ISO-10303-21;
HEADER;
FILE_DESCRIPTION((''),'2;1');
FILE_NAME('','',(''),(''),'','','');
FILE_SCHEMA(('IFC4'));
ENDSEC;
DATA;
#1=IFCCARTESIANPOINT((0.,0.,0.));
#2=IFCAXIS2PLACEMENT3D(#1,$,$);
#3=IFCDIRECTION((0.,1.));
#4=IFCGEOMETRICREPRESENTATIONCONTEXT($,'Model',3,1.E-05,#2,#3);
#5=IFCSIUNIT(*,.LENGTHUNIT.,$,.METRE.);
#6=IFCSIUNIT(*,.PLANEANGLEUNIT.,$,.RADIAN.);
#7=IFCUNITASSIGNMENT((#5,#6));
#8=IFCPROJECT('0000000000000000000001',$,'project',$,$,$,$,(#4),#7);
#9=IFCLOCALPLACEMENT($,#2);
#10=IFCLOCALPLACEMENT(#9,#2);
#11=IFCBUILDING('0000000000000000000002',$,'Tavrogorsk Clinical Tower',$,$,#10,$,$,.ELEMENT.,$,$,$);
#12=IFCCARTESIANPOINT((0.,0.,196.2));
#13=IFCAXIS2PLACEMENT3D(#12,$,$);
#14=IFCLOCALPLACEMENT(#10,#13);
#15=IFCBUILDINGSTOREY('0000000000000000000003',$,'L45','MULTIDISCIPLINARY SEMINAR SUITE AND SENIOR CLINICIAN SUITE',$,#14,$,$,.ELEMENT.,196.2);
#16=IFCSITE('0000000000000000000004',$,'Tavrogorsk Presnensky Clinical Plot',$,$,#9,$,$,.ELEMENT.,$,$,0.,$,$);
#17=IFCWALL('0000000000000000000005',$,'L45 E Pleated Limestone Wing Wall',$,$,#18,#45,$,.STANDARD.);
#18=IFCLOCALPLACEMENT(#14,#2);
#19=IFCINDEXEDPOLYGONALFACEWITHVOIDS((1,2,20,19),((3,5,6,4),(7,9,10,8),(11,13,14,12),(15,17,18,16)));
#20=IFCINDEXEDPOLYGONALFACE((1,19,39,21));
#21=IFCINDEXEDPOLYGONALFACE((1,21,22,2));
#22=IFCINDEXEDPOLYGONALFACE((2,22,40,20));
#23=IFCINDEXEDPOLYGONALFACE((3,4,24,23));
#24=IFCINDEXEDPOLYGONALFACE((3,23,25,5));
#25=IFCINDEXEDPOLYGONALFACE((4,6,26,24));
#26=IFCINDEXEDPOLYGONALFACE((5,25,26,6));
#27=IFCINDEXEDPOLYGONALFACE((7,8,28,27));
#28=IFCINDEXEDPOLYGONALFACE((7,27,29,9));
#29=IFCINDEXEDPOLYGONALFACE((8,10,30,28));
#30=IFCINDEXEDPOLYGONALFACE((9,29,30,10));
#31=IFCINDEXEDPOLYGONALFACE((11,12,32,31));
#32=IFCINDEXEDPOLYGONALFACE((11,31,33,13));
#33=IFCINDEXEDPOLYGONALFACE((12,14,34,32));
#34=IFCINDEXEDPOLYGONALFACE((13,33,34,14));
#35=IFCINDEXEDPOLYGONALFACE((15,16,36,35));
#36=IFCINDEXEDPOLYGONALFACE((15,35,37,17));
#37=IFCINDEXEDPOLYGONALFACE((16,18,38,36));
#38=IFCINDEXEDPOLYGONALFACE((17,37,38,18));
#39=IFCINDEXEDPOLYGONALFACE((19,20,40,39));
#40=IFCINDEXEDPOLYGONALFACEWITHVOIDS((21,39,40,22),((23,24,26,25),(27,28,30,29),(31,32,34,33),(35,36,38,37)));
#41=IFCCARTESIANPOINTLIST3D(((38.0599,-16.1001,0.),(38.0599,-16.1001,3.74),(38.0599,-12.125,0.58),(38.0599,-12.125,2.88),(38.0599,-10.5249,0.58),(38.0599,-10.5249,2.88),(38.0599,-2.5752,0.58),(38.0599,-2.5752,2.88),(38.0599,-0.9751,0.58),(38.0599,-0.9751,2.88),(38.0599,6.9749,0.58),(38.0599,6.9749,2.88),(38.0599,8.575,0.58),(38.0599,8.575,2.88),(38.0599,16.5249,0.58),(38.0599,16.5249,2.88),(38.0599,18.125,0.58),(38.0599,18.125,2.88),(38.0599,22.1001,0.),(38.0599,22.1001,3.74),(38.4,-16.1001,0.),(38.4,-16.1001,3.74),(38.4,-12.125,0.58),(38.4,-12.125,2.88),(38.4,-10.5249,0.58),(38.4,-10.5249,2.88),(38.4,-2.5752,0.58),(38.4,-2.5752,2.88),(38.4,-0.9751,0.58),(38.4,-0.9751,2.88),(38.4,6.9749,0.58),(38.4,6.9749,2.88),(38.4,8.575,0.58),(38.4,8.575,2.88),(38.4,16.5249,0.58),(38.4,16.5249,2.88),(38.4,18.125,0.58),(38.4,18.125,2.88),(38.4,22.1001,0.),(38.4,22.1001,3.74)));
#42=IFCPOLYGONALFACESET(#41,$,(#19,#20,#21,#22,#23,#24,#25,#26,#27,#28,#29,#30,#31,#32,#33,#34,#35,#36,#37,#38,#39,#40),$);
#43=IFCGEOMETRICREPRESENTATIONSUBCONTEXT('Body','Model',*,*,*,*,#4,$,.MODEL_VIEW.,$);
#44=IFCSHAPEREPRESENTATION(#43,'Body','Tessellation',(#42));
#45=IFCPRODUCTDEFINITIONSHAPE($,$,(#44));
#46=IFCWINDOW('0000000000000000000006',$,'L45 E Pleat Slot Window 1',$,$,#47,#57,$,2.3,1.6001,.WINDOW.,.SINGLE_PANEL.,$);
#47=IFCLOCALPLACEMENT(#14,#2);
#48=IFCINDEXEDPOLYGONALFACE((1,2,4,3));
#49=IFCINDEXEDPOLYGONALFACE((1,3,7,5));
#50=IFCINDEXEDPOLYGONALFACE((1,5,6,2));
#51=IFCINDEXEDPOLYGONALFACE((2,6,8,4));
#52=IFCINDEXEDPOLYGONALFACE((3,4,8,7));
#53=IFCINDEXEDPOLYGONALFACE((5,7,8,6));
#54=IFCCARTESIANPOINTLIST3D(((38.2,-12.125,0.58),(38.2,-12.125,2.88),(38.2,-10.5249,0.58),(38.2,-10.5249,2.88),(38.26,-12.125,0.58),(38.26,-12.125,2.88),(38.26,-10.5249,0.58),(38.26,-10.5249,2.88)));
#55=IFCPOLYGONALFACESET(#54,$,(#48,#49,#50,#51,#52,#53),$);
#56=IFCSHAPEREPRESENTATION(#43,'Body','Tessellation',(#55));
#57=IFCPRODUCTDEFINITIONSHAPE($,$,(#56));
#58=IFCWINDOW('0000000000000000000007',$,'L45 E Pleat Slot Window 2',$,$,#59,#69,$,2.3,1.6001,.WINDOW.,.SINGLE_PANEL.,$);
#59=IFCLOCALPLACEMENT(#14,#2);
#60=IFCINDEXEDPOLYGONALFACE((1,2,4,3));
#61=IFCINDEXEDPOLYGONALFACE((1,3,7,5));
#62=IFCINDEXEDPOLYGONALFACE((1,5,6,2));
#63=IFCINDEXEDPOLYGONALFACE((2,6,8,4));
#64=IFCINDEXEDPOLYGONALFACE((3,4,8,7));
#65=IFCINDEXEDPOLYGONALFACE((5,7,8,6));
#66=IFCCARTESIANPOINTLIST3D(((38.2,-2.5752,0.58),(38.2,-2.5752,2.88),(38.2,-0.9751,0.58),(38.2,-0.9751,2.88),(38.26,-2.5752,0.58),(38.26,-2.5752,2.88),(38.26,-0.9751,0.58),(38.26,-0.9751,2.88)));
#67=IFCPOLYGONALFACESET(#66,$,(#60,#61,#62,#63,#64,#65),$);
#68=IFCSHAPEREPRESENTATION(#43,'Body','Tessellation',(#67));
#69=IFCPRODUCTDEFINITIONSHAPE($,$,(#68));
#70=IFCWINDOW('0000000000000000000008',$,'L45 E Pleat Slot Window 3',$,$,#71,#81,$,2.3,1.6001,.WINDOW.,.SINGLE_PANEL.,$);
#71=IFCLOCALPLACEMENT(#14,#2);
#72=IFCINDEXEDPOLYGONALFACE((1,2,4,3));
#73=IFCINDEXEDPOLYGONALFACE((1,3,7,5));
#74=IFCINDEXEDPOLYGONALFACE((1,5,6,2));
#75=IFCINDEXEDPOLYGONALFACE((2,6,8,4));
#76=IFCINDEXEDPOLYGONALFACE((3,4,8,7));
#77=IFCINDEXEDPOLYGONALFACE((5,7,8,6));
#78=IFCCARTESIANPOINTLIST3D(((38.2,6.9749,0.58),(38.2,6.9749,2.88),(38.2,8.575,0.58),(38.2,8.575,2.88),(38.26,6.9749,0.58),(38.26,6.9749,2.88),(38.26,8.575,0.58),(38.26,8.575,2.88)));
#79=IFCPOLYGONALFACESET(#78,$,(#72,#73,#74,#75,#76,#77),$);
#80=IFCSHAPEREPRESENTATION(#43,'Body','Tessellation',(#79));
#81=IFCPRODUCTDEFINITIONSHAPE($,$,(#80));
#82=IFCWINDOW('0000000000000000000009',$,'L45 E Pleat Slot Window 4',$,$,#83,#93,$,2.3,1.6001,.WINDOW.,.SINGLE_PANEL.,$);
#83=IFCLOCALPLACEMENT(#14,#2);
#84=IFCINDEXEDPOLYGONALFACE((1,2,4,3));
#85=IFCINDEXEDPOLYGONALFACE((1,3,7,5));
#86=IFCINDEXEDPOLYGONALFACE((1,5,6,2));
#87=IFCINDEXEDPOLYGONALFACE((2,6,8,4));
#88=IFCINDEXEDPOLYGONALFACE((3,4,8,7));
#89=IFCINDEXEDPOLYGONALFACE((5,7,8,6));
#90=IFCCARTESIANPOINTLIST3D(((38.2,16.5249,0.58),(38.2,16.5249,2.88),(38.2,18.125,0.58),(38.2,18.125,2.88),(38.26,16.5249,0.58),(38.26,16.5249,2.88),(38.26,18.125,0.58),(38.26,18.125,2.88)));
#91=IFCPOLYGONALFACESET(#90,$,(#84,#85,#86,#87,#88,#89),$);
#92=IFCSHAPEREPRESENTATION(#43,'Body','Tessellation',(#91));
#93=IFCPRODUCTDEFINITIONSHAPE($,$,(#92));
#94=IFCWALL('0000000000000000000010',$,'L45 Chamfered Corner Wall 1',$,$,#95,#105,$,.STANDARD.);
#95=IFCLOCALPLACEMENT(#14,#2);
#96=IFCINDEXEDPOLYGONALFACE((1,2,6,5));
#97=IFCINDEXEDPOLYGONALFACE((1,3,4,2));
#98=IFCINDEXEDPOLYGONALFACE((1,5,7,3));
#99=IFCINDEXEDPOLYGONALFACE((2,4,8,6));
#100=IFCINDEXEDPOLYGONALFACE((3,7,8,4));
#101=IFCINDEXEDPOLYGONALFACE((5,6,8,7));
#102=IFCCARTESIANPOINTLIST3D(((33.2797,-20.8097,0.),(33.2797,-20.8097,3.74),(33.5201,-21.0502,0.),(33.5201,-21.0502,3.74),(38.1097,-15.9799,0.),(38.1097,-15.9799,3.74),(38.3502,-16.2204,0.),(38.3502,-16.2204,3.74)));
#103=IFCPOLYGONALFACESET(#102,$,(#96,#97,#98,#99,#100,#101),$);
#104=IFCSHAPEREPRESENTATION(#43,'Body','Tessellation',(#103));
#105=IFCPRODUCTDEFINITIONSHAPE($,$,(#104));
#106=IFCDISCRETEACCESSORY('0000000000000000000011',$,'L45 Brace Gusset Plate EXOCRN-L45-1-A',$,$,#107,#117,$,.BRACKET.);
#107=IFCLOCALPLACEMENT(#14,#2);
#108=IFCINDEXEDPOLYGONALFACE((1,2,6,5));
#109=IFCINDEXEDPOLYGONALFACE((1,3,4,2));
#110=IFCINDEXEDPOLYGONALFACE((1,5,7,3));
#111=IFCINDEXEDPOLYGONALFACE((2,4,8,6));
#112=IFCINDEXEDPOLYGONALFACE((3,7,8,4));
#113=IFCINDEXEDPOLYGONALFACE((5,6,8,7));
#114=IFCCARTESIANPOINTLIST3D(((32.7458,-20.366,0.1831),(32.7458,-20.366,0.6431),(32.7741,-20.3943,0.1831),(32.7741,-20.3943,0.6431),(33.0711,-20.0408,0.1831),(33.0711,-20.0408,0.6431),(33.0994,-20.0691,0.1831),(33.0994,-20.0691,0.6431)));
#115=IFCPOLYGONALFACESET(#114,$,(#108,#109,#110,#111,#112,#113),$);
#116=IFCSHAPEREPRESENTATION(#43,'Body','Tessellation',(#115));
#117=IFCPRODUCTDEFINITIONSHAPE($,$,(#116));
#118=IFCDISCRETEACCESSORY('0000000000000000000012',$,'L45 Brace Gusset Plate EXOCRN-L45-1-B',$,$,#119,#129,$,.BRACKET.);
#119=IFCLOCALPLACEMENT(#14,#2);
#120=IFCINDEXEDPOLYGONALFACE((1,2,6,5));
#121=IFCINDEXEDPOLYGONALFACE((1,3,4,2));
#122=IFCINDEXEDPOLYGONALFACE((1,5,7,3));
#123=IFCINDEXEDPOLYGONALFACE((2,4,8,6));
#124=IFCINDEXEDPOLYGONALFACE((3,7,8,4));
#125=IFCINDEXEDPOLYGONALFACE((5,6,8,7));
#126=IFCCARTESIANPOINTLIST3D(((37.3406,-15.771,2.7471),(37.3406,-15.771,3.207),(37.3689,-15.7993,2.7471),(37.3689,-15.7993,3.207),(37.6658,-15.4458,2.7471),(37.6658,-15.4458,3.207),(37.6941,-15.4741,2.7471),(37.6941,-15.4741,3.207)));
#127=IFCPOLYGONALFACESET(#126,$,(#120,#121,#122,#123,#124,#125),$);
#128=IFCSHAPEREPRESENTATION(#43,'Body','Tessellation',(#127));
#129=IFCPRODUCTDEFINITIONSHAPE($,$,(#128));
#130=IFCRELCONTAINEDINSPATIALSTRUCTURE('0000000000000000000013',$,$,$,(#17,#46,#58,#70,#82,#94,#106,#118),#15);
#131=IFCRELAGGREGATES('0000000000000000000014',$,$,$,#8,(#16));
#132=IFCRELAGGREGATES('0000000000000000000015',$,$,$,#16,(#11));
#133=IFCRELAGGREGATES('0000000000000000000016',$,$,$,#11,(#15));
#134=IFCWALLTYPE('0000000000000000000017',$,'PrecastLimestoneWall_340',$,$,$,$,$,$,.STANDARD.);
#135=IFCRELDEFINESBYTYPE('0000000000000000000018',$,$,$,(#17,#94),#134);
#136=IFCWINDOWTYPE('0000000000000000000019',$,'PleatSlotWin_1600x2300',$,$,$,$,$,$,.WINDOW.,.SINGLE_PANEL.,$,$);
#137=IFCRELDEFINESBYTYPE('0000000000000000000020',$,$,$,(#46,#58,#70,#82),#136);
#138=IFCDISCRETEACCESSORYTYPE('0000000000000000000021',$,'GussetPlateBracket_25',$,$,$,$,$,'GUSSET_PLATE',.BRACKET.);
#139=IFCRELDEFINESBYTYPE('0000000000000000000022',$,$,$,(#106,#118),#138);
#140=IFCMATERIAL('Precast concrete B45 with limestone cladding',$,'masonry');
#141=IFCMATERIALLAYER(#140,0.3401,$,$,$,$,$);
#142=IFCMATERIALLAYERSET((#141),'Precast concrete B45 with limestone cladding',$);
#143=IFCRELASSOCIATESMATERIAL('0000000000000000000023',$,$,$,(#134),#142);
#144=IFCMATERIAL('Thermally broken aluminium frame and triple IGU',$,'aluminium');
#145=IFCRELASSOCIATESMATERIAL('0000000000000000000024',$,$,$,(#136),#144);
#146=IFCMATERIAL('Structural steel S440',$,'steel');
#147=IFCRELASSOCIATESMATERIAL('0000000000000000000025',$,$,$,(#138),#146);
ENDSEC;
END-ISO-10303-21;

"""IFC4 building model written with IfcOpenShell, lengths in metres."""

from ifc_helpers import new_model, si_unit, direction, frame, frame_2d, origin, origin_2d, place, context, subcontext, project, spatial, rectangle, extrude, material, layer, layer_set, type_object, element, fill, save


model = new_model("IFC4")

# Units and contexts
model_context = context("Model", 3, precision=1e-05, world=origin(), true_north=direction((0.0, 1.0)))
body_context = subcontext(model_context, "Body", "Model", "MODEL_VIEW")
ifc_project = project(units=[si_unit("LENGTHUNIT", "METRE"), si_unit("PLANEANGLEUNIT", "RADIAN")], contexts=[model_context])

# Site, building, storey
site_placement = place(None, origin())
site = spatial("IfcSite", under=ifc_project, at=site_placement, Name="Tavrogorsk Presnensky Clinical Plot", CompositionType="ELEMENT", RefElevation=0.0)
building_placement = place(site_placement, origin())
building = spatial("IfcBuilding", under=site, at=building_placement, Name="Tavrogorsk Clinical Tower", CompositionType="ELEMENT")
storey_placement = place(building_placement, frame((0.0, 0.0, 196.2)))
storey = spatial("IfcBuildingStorey", under=building, at=storey_placement, Name="L45", Description="MULTIDISCIPLINARY SEMINAR SUITE AND SENIOR CLINICIAN SUITE", CompositionType="ELEMENT", Elevation=196.2)

# Wall, openings, windows
ifc_material_1 = material(Name="Precast concrete B45 with limestone cladding", Category="masonry")
ifc_layer_1 = layer(ifc_material_1, 0.3401)
ifc_layer_set_1 = layer_set([ifc_layer_1], Name="Precast concrete B45 with limestone cladding")
wall_type_1 = type_object("IfcWallType", Name="PrecastLimestoneWall_340", PredefinedType="STANDARD", material=ifc_layer_set_1)
wall_1_placement = place(storey_placement, frame((38.23, -16.1001, 0.0), z_axis=(0.0, 0.0, 1.0), x_axis=(0.0, 1.0, 0.0)))
wall_1 = element("IfcWall", 1, at=wall_1_placement, inside=storey, type_object=wall_type_1, Name="L45 E Pleated Limestone Wing Wall", PredefinedType="STANDARD", context=body_context, shape_type="SweptSolid", body=[
    extrude(rectangle(XDim=38.2002, YDim=0.3401, at=frame_2d((19.1001, 0.0))), origin(), (0.0, 0.0, 1.0), 3.74),
])
opening_1_placement = place(wall_1_placement, frame((3.9751, 0.0, 0.5801)))
opening_1 = element("IfcOpeningElement", 2, at=opening_1_placement, cuts=wall_1, PredefinedType="OPENING", context=body_context, shape_type="SweptSolid", body=[
    extrude(rectangle(XDim=1.6001, YDim=2.3, at=frame_2d((0.8, 1.1499))), frame((0.0, 0.1799, 0.0), z_axis=(0.0, -1.0, 0.0), x_axis=(1.0, 0.0, 0.0)), (0.0, 0.0, 1.0), 0.3601),
])
opening_2_placement = place(wall_1_placement, frame((13.5249, 0.0, 0.5801)))
opening_2 = element("IfcOpeningElement", 3, at=opening_2_placement, cuts=wall_1, PredefinedType="OPENING", context=body_context, shape_type="SweptSolid", body=[
    extrude(rectangle(XDim=1.6001, YDim=2.3, at=frame_2d((0.8, 1.1499))), frame((0.0, 0.1799, 0.0), z_axis=(0.0, -1.0, 0.0), x_axis=(1.0, 0.0, 0.0)), (0.0, 0.0, 1.0), 0.3601),
])
opening_3_placement = place(wall_1_placement, frame((23.075, 0.0, 0.5801)))
opening_3 = element("IfcOpeningElement", 4, at=opening_3_placement, cuts=wall_1, PredefinedType="OPENING", context=body_context, shape_type="SweptSolid", body=[
    extrude(rectangle(XDim=1.6001, YDim=2.3, at=frame_2d((0.8, 1.1499))), frame((0.0, 0.1799, 0.0), z_axis=(0.0, -1.0, 0.0), x_axis=(1.0, 0.0, 0.0)), (0.0, 0.0, 1.0), 0.3601),
])
opening_4_placement = place(wall_1_placement, frame((32.625, 0.0, 0.5801)))
opening_4 = element("IfcOpeningElement", 5, at=opening_4_placement, cuts=wall_1, PredefinedType="OPENING", context=body_context, shape_type="SweptSolid", body=[
    extrude(rectangle(XDim=1.6001, YDim=2.3, at=frame_2d((0.8, 1.1499))), frame((0.0, 0.1799, 0.0), z_axis=(0.0, -1.0, 0.0), x_axis=(1.0, 0.0, 0.0)), (0.0, 0.0, 1.0), 0.3601),
])
ifc_material_2 = material(Name="Thermally broken aluminium frame and triple IGU", Category="aluminium")
window_type = type_object("IfcWindowType", Name="PleatSlotWin_1600x2300", PartitioningType="SINGLE_PANEL", PredefinedType="WINDOW", material=ifc_material_2)
window_1_placement = place(opening_1_placement, origin())
window_1 = element("IfcWindow", 6, at=window_1_placement, inside=storey, type_object=window_type, Name="L45 E Pleat Slot Window 1", OverallHeight=2.3, OverallWidth=1.6001, PartitioningType="SINGLE_PANEL", PredefinedType="WINDOW", context=body_context, shape_type="SweptSolid", body=[
    extrude(rectangle(XDim=1.6001, YDim=2.3, at=frame_2d((0.8, 1.1499))), frame((0.0, 0.03, 0.0), z_axis=(0.0, -1.0, 0.0), x_axis=(1.0, 0.0, 0.0)), (0.0, 0.0, 1.0), 0.0601),
])
fill(opening_1, window_1)
window_2_placement = place(opening_2_placement, origin())
window_2 = element("IfcWindow", 7, at=window_2_placement, inside=storey, type_object=window_type, Name="L45 E Pleat Slot Window 2", OverallHeight=2.3, OverallWidth=1.6001, PartitioningType="SINGLE_PANEL", PredefinedType="WINDOW", context=body_context, shape_type="SweptSolid", body=[
    extrude(rectangle(XDim=1.6001, YDim=2.3, at=frame_2d((0.8, 1.1499))), frame((0.0, 0.03, 0.0), z_axis=(0.0, -1.0, 0.0), x_axis=(1.0, 0.0, 0.0)), (0.0, 0.0, 1.0), 0.0601),
])
fill(opening_2, window_2)
window_3_placement = place(opening_3_placement, origin())
window_3 = element("IfcWindow", 8, at=window_3_placement, inside=storey, type_object=window_type, Name="L45 E Pleat Slot Window 3", OverallHeight=2.3, OverallWidth=1.6001, PartitioningType="SINGLE_PANEL", PredefinedType="WINDOW", context=body_context, shape_type="SweptSolid", body=[
    extrude(rectangle(XDim=1.6001, YDim=2.3, at=frame_2d((0.8, 1.1499))), frame((0.0, 0.03, 0.0), z_axis=(0.0, -1.0, 0.0), x_axis=(1.0, 0.0, 0.0)), (0.0, 0.0, 1.0), 0.0601),
])
fill(opening_3, window_3)
window_4_placement = place(opening_4_placement, origin())
window_4 = element("IfcWindow", 9, at=window_4_placement, inside=storey, type_object=window_type, Name="L45 E Pleat Slot Window 4", OverallHeight=2.3, OverallWidth=1.6001, PartitioningType="SINGLE_PANEL", PredefinedType="WINDOW", context=body_context, shape_type="SweptSolid", body=[
    extrude(rectangle(XDim=1.6001, YDim=2.3, at=frame_2d((0.8, 1.1499))), frame((0.0, 0.03, 0.0), z_axis=(0.0, -1.0, 0.0), x_axis=(1.0, 0.0, 0.0)), (0.0, 0.0, 1.0), 0.0601),
])
fill(opening_4, window_4)

# Wall
wall_2_placement = place(storey_placement, frame((33.3999, -20.9299, 0.0), z_axis=(0.0, 0.0, 1.0), x_axis=(0.707125, 0.707089, 0.0)))
element("IfcWall", 10, at=wall_2_placement, inside=storey, type_object=wall_type_1, Name="L45 Chamfered Corner Wall 1", PredefinedType="STANDARD", context=body_context, shape_type="SweptSolid", body=[
    extrude(rectangle(XDim=6.8306, YDim=0.3401, at=frame_2d((3.4153, 0.0))), origin(), (0.0, 0.0, 1.0), 3.74),
])

# Discrete accessories
ifc_material_3 = material(Name="Structural steel S440", Category="steel")
discrete_accessory_type = type_object("IfcDiscreteAccessoryType", Name="GussetPlateBracket_25", ElementType="GUSSET_PLATE", PredefinedType="BRACKET", material=ifc_material_3)
for number, where, z_axis, x_axis, name in (
    (11, (32.9226, -20.2175, 0.1831), (0.0, 0.0, 1.0), (0.707107, 0.707107, 0.0), "L45 Brace Gusset Plate EXOCRN-L45-1-A"),
    (12, (37.5173, -15.6226, 2.7471), (0.0, 0.0, 1.0), (0.707107, 0.707107, 0.0), "L45 Brace Gusset Plate EXOCRN-L45-1-B"),
):
    element("IfcDiscreteAccessory", number, at=place(storey_placement, frame(where, z_axis=z_axis, x_axis=x_axis)), inside=storey, type_object=discrete_accessory_type, Name=name, PredefinedType="BRACKET", context=body_context, shape_type="SweptSolid", body=[
        extrude(rectangle(XDim=0.46, YDim=0.04, at=origin_2d()), origin(), (0.0, 0.0, 1.0), 0.46),
    ])

save(model, "model.ifc")
